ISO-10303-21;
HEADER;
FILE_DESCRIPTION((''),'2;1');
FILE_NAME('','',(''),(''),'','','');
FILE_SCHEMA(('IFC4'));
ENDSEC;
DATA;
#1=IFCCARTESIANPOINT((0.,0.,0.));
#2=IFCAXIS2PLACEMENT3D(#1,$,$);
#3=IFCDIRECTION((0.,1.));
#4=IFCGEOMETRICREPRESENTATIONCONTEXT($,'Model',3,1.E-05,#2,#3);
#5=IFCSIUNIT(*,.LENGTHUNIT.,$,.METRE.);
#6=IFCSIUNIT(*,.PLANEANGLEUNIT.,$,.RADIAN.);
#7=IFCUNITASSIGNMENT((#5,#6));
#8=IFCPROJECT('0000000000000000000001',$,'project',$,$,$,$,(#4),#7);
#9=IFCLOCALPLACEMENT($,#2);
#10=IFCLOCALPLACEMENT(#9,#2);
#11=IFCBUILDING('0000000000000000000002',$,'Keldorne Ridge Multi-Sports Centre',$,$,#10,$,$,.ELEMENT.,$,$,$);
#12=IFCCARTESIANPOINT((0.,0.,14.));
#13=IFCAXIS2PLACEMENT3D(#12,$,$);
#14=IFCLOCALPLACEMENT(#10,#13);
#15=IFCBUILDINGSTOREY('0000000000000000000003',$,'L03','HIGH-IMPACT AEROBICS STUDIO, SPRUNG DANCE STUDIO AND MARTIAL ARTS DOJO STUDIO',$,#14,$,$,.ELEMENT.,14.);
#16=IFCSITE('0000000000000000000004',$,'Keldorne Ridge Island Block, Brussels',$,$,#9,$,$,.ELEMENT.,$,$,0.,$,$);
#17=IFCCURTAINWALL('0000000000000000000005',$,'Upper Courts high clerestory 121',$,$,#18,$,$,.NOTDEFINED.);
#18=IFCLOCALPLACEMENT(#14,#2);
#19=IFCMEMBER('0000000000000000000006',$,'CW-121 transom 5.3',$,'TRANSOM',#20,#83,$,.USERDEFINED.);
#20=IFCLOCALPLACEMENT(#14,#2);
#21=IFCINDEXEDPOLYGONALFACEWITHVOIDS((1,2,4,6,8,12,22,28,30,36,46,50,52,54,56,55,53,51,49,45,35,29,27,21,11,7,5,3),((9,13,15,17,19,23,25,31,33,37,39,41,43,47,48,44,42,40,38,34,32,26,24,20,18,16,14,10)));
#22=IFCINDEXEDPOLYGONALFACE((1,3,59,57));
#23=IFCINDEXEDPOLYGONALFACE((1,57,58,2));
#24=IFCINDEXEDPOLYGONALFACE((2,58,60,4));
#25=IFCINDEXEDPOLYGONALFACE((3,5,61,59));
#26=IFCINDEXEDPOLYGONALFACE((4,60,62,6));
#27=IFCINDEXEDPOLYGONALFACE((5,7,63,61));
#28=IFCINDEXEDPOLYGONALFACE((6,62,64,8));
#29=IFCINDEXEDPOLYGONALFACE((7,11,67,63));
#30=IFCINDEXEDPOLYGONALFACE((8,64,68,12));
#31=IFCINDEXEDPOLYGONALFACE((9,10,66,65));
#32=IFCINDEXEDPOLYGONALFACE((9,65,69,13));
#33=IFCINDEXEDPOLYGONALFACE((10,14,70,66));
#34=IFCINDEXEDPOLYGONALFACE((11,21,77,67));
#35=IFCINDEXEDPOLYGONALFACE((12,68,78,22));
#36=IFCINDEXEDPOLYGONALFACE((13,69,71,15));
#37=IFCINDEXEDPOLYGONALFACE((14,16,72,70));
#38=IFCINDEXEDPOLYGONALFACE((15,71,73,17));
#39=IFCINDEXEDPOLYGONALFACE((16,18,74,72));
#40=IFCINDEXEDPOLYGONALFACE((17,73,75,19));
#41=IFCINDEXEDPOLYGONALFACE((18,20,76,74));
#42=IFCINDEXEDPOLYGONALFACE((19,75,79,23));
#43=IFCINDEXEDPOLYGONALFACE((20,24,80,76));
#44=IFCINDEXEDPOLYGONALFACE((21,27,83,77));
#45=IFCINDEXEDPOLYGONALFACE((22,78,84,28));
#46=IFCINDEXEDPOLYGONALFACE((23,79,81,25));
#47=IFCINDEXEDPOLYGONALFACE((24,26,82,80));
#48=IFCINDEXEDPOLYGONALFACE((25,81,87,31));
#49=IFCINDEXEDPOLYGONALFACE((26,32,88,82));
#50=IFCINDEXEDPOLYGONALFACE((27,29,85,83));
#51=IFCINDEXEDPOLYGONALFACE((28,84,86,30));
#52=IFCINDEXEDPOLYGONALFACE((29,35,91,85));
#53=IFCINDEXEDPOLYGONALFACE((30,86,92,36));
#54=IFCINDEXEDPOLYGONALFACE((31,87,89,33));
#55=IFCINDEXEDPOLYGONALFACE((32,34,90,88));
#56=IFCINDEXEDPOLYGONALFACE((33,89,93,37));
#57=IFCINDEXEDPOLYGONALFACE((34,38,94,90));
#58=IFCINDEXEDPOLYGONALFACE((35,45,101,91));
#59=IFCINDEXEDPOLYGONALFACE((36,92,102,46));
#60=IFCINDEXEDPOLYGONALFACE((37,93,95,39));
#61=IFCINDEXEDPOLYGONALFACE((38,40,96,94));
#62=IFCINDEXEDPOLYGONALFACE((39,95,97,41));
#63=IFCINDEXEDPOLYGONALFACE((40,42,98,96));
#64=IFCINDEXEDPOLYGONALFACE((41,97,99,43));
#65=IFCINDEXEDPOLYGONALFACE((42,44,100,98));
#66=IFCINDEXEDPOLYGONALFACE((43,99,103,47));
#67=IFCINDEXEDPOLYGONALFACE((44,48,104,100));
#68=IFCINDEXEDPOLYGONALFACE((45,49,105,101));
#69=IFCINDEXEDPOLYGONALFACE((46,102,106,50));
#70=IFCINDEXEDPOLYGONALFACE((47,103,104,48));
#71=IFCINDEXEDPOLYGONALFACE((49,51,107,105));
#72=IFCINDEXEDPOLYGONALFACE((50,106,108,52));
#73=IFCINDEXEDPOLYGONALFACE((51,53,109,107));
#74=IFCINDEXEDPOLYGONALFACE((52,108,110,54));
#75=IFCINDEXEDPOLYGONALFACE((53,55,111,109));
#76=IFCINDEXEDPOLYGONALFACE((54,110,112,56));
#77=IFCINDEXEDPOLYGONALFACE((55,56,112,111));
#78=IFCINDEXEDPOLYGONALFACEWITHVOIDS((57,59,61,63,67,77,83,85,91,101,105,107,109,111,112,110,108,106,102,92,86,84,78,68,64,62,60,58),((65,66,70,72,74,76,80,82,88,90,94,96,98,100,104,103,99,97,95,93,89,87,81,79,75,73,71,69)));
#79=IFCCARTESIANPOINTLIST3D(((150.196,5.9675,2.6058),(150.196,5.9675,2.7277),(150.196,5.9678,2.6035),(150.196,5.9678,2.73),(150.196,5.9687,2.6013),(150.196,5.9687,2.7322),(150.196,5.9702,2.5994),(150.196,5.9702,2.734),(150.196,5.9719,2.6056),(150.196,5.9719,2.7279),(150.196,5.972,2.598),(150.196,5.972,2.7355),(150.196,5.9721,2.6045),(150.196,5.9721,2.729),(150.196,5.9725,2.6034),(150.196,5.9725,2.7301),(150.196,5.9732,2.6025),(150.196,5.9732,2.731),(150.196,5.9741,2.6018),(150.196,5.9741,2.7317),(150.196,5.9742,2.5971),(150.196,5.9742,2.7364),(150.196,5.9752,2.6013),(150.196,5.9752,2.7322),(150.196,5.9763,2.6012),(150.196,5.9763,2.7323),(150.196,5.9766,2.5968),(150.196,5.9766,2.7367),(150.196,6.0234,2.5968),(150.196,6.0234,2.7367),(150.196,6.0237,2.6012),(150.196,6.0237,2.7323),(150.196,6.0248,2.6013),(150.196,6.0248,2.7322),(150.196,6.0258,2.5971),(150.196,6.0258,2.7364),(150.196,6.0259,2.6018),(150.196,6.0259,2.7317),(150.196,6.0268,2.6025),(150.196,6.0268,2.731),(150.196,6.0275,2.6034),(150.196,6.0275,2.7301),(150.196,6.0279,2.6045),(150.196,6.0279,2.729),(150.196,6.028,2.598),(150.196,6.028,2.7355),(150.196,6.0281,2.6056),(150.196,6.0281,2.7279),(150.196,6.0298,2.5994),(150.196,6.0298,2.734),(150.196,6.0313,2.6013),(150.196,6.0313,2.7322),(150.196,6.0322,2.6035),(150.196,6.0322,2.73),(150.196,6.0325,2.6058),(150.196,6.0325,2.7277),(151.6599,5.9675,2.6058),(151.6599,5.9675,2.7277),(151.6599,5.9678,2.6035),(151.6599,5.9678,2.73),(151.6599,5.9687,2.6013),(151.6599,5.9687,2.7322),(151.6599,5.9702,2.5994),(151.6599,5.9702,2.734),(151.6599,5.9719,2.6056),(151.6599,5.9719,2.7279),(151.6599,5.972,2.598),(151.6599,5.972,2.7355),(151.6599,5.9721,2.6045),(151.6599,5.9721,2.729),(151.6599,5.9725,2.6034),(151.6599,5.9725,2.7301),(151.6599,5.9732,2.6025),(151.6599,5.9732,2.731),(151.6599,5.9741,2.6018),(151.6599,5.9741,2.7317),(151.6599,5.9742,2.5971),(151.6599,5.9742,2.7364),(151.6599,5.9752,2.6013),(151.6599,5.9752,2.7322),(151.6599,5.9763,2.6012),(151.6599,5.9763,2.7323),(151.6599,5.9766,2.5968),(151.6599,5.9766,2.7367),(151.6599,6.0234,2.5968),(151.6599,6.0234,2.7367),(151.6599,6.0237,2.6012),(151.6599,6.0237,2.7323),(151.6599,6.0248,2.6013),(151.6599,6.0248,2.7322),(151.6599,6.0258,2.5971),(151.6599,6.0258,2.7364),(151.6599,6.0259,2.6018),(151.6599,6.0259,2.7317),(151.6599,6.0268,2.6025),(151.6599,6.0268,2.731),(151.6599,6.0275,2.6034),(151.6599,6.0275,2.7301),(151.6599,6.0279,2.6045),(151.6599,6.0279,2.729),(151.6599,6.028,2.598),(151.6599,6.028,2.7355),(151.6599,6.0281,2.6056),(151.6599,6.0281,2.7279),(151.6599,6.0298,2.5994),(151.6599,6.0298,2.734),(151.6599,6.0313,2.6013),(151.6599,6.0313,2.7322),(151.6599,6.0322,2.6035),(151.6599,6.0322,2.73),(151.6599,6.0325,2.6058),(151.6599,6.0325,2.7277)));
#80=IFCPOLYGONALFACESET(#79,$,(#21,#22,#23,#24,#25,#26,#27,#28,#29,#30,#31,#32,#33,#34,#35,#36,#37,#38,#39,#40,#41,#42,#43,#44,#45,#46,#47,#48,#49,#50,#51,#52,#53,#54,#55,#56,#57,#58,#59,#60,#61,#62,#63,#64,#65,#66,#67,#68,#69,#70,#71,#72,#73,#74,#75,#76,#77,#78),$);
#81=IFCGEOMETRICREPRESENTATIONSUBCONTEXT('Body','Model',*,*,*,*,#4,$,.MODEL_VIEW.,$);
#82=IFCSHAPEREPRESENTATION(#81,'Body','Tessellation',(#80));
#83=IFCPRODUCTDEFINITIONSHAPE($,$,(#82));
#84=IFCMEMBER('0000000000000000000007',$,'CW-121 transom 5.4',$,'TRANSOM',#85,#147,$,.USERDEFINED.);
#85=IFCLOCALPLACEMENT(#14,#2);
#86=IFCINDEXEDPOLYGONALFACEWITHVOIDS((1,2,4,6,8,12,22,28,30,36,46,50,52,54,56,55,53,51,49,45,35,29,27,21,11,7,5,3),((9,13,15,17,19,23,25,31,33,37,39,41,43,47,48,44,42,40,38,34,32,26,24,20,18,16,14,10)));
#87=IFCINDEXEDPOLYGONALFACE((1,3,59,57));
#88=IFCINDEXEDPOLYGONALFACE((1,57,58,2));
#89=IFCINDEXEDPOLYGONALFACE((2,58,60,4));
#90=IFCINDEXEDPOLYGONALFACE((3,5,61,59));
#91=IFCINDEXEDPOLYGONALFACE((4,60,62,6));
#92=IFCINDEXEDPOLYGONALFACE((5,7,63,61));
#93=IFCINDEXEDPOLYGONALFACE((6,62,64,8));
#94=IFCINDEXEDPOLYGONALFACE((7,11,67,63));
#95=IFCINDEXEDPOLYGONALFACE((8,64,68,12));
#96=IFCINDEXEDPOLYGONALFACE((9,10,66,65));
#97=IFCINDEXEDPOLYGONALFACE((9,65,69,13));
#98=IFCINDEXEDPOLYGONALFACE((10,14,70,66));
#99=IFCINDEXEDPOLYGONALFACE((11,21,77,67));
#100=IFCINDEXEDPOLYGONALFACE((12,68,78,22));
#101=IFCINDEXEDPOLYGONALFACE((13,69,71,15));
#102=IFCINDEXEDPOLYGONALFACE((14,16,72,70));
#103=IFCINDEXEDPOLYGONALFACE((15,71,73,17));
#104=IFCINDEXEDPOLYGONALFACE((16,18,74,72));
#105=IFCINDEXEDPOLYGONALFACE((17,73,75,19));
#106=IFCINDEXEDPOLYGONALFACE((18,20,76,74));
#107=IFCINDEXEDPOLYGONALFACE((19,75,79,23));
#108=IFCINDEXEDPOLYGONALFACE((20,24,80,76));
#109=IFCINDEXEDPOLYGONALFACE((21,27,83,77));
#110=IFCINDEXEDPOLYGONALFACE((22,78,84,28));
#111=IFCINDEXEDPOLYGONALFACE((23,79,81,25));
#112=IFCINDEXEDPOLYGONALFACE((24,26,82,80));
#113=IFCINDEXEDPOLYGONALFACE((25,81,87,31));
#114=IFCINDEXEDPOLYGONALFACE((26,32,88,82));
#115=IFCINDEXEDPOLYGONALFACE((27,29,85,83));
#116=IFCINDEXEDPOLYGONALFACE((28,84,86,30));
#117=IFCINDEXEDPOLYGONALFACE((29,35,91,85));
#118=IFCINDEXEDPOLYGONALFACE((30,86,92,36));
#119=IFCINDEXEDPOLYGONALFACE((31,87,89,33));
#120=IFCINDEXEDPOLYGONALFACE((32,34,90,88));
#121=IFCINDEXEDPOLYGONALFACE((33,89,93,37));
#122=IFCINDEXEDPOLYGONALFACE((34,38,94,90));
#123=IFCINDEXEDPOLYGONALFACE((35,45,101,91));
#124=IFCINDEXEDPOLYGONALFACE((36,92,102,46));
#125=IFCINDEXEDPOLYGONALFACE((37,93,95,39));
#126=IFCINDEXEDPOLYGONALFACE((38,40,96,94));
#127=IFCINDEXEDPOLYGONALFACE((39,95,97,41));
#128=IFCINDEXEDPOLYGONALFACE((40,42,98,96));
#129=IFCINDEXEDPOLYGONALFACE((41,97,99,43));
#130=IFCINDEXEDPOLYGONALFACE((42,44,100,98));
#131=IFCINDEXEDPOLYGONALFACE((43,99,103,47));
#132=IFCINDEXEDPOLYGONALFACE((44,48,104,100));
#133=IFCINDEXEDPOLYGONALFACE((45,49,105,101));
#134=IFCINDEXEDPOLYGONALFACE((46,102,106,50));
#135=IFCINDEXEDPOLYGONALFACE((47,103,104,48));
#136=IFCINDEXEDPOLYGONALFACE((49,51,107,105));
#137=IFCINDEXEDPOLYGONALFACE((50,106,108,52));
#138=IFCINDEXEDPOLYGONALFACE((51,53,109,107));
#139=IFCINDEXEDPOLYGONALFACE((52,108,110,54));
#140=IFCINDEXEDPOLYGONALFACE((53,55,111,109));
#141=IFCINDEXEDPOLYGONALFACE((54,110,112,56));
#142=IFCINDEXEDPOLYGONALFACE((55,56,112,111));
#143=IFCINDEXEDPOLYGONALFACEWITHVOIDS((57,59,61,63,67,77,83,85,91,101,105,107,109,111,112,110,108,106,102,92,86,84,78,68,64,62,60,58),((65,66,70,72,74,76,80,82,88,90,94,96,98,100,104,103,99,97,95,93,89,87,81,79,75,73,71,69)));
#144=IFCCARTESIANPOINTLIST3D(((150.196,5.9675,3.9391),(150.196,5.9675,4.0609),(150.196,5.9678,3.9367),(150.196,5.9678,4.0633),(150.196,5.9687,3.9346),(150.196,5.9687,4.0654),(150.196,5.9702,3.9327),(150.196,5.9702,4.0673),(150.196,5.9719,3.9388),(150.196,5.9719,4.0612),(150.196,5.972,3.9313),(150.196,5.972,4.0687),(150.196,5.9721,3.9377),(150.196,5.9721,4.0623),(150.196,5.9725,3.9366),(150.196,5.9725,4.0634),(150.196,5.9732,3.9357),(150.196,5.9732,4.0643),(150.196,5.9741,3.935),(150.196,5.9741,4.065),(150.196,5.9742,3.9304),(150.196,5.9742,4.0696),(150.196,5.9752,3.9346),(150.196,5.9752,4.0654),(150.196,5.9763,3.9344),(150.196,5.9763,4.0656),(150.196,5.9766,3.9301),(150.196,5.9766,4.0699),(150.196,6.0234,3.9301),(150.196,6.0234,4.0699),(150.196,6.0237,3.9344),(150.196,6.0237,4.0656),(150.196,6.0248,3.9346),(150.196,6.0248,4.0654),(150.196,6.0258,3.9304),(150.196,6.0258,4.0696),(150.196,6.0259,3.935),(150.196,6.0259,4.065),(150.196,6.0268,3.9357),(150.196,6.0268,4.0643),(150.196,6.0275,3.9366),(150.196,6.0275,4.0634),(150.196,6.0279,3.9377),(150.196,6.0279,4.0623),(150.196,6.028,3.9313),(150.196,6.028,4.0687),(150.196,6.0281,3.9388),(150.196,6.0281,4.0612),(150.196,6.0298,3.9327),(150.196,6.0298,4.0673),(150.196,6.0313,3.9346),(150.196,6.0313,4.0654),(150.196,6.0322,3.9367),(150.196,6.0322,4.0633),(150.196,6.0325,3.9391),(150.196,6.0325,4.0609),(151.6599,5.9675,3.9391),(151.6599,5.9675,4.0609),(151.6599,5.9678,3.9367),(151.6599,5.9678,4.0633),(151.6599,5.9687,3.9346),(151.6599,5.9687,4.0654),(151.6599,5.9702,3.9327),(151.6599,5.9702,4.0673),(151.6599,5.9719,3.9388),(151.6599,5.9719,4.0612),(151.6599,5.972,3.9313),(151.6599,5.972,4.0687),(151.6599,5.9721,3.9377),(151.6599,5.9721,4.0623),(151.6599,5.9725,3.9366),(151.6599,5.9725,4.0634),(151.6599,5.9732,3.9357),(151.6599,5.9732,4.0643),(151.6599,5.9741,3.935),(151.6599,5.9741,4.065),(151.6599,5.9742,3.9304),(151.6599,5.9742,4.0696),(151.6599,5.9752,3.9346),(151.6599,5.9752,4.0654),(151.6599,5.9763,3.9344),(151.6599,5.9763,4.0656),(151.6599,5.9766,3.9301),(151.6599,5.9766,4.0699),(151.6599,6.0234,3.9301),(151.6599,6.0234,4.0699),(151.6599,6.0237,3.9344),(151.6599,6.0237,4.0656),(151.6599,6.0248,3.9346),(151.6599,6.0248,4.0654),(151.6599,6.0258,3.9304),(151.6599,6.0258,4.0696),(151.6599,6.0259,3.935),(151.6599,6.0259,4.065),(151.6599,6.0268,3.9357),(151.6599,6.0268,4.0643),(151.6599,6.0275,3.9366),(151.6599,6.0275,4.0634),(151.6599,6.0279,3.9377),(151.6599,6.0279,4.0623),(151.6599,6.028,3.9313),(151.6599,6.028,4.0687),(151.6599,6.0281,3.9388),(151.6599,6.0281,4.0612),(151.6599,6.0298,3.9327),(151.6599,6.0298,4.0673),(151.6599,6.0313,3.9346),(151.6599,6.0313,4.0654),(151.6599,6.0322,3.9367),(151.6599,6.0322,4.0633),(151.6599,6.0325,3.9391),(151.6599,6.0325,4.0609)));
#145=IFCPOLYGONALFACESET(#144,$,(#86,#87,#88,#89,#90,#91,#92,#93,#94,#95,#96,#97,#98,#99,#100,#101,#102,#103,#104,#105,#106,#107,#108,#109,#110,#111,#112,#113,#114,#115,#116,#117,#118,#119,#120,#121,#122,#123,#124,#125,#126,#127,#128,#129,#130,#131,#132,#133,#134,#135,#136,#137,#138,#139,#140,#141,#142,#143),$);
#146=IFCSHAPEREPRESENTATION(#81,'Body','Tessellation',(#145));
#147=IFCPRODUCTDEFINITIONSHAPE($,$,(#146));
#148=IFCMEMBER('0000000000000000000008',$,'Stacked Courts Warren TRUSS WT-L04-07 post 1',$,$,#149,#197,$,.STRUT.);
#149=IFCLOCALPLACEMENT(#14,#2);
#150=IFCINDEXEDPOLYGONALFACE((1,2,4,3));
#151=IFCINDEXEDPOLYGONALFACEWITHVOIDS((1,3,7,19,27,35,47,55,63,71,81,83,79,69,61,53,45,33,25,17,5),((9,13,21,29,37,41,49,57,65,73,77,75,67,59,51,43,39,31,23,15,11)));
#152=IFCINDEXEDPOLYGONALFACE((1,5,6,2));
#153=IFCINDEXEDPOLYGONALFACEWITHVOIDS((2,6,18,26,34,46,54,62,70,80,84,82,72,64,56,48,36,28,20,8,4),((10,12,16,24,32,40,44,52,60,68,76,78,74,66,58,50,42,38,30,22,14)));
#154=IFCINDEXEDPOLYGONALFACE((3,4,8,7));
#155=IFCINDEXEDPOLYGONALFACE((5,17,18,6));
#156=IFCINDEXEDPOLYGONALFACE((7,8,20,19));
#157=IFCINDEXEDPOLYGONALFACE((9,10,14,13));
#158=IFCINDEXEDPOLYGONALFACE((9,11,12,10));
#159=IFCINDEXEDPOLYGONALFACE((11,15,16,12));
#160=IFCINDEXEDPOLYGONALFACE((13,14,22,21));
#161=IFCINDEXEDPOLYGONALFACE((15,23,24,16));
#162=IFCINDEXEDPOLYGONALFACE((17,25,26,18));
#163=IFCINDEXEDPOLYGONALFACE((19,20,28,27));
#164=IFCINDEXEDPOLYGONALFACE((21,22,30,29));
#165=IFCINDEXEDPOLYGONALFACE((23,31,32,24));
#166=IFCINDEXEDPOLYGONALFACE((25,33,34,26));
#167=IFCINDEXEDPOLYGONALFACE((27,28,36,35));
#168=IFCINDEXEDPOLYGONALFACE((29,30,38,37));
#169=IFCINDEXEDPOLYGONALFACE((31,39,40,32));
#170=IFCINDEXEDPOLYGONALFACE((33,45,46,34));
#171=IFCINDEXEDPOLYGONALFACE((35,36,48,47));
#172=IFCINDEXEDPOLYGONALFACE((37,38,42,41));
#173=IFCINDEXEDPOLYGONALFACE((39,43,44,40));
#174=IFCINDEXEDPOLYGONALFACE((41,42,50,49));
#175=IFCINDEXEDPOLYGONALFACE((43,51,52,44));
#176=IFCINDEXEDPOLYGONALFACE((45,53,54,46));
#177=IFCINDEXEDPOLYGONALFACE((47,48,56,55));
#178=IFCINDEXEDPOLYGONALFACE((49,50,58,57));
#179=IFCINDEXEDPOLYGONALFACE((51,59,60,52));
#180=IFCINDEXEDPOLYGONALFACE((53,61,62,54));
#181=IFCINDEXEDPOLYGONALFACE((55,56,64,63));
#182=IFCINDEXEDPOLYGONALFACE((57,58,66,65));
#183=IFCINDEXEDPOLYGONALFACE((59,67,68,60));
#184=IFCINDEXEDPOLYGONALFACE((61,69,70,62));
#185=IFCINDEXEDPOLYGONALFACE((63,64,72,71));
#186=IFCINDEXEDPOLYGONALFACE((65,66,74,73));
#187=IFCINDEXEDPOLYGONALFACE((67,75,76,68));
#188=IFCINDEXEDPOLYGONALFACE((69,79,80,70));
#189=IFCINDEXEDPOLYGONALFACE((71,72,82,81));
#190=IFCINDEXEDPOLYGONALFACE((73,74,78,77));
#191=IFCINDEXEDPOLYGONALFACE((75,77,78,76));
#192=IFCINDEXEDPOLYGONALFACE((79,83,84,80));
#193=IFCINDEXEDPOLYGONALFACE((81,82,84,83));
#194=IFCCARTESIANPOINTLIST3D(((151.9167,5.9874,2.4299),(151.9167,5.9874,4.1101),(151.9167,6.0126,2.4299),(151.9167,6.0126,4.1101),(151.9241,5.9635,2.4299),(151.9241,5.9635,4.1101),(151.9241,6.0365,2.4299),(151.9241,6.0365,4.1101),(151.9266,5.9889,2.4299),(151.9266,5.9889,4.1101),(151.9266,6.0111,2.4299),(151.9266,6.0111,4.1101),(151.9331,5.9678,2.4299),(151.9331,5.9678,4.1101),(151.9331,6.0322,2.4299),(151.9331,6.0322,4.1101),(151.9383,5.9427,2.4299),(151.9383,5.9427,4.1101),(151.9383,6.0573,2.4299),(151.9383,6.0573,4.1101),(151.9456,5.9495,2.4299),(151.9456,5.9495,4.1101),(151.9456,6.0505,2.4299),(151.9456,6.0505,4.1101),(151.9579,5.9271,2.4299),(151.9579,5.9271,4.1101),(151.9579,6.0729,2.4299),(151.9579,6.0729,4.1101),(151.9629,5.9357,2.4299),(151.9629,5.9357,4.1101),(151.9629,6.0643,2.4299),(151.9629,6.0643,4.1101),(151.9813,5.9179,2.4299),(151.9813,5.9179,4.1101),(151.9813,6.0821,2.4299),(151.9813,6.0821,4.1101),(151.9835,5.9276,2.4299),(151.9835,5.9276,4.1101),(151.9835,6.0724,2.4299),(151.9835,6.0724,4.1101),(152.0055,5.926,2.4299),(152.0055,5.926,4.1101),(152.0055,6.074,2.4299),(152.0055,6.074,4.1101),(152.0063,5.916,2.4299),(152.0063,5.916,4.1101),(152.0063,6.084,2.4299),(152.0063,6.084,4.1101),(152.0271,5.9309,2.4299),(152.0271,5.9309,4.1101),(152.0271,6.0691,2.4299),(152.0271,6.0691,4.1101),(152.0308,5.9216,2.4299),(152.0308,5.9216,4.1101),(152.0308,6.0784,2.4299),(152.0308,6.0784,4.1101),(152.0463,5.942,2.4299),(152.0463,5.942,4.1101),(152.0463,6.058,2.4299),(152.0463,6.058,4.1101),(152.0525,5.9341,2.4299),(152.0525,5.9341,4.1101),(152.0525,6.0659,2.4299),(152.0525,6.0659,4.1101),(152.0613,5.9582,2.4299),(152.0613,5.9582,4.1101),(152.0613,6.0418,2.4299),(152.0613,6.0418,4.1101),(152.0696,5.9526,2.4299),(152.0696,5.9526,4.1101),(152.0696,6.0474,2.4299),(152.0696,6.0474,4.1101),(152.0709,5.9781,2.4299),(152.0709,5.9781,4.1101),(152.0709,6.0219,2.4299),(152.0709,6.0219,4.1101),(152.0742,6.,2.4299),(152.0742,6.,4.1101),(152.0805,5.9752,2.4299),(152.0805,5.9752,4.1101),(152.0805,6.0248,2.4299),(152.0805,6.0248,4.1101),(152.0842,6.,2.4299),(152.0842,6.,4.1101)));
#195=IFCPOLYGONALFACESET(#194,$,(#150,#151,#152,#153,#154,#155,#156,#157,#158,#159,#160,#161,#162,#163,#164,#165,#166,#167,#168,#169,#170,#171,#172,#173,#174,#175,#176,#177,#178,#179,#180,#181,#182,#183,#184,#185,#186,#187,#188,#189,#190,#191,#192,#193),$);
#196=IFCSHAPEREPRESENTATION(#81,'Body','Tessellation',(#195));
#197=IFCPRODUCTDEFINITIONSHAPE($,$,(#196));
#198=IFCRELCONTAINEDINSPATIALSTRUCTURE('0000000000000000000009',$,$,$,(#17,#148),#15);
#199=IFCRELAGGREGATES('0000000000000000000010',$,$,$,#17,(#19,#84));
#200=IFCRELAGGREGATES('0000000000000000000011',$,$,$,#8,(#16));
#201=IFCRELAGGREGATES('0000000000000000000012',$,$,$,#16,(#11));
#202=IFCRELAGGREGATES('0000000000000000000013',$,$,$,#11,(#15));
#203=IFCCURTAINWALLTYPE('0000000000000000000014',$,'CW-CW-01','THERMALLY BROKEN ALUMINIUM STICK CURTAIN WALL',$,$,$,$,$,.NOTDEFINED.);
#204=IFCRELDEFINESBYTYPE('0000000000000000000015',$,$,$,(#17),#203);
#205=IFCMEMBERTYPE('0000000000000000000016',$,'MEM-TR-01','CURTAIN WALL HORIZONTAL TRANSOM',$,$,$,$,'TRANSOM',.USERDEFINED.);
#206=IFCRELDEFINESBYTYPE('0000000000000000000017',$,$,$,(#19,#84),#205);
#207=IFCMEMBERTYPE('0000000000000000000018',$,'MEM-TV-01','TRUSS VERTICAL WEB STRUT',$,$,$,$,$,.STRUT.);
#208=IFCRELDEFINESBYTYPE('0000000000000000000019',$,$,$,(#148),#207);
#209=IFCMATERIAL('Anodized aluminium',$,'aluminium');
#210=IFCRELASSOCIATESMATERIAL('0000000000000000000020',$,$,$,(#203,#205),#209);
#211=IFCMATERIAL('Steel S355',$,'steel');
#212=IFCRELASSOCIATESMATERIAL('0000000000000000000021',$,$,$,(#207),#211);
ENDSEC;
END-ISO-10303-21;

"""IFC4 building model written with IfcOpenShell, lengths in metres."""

from ifc_helpers import new_model, si_unit, direction, frame, origin, origin_2d, place, context, subcontext, project, spatial, hollow_rectangle, hollow_circle, extrude, material, material_profile, profile_set, type_object, element, aggregate, save


model = new_model("IFC4")

# Units and contexts
model_context = context("Model", 3, precision=1e-05, world=origin(), true_north=direction((0.0, 1.0)))
body_context = subcontext(model_context, "Body", "Model", "MODEL_VIEW")
ifc_project = project(units=[si_unit("LENGTHUNIT", "METRE"), si_unit("PLANEANGLEUNIT", "RADIAN")], contexts=[model_context])

# Site, building, storey
site_placement = place(None, origin())
site = spatial("IfcSite", under=ifc_project, at=site_placement, Name="Keldorne Ridge Island Block, Brussels", CompositionType="ELEMENT", RefElevation=0.0)
building_placement = place(site_placement, origin())
building = spatial("IfcBuilding", under=site, at=building_placement, Name="Keldorne Ridge Multi-Sports Centre", CompositionType="ELEMENT")
storey_placement = place(building_placement, frame((0.0, 0.0, 14.0)))
storey = spatial("IfcBuildingStorey", under=building, at=storey_placement, Name="L03", Description="HIGH-IMPACT AEROBICS STUDIO, SPRUNG DANCE STUDIO AND MARTIAL ARTS DOJO STUDIO", CompositionType="ELEMENT", Elevation=14.0)

# Shared definitions
ifc_material_1 = material(Name="Steel S355", Category="steel")

# Curtain wall
ifc_material_2 = material(Name="Anodized aluminium", Category="aluminium")
curtain_wall_type = type_object("IfcCurtainWallType", Name="CW-CW-01", Description="THERMALLY BROKEN ALUMINIUM STICK CURTAIN WALL", PredefinedType="NOTDEFINED", material=ifc_material_2)
curtain_wall_placement = place(storey_placement, origin())
curtain_wall = element("IfcCurtainWall", 1, at=curtain_wall_placement, inside=storey, type_object=curtain_wall_type, Name="Upper Courts high clerestory 121", PredefinedType="NOTDEFINED")

# Members
ifc_material_profile_1 = material_profile(ifc_material_2, hollow_rectangle(XDim=0.0649, YDim=0.1399, WallThickness=0.0044, InnerFilletRadius=0.0044, OuterFilletRadius=0.009, at=origin_2d()), Name="ALU TRANSOM 140x65x4.5")
ifc_profile_set_1 = profile_set([ifc_material_profile_1], Name="Anodized aluminium")
member_type_1 = type_object("IfcMemberType", Name="MEM-TR-01", Description="CURTAIN WALL HORIZONTAL TRANSOM", ElementType="TRANSOM", PredefinedType="USERDEFINED", material=ifc_profile_set_1)
member_1_placement = place(storey_placement, frame((150.196, 6.0, 2.6667), z_axis=(1.0, 0.0, 0.0), x_axis=(0.0, 1.0, 0.0)))
member_1 = element("IfcMember", 2, at=member_1_placement, type_object=member_type_1, Name="CW-121 transom 5.3", ObjectType="TRANSOM", PredefinedType="USERDEFINED", context=body_context, shape_type="SweptSolid", body=[
    extrude(hollow_rectangle(XDim=0.0649, YDim=0.1399, WallThickness=0.0044, InnerFilletRadius=0.0044, OuterFilletRadius=0.009, at=origin_2d()), origin(), (0.0, 0.0, 1.0), 1.4639),
])
member_2_placement = place(storey_placement, frame((150.196, 6.0, 4.0), z_axis=(1.0, 0.0, 0.0), x_axis=(0.0, 1.0, 0.0)))
member_2 = element("IfcMember", 3, at=member_2_placement, type_object=member_type_1, Name="CW-121 transom 5.4", ObjectType="TRANSOM", PredefinedType="USERDEFINED", context=body_context, shape_type="SweptSolid", body=[
    extrude(hollow_rectangle(XDim=0.0649, YDim=0.1399, WallThickness=0.0044, InnerFilletRadius=0.0044, OuterFilletRadius=0.009, at=origin_2d()), origin(), (0.0, 0.0, 1.0), 1.4639),
])

# Member
ifc_material_profile_2 = material_profile(ifc_material_1, hollow_circle(Radius=0.0842, WallThickness=0.01, at=origin_2d()), Name="CHS 168.3x10")
ifc_profile_set_2 = profile_set([ifc_material_profile_2], Name="Steel S355")
member_type_2 = type_object("IfcMemberType", Name="MEM-TV-01", Description="TRUSS VERTICAL WEB STRUT", PredefinedType="STRUT", material=ifc_profile_set_2)
for number, where, z_axis, x_axis, name in (
    (4, (152.0, 6.0, 2.4299), (0.0, 0.0, 1.0), (1.0, 0.0, 0.0), "Stacked Courts Warren TRUSS WT-L04-07 post 1"),
):
    element("IfcMember", number, at=place(storey_placement, frame(where, z_axis=z_axis, x_axis=x_axis)), inside=storey, type_object=member_type_2, Name=name, PredefinedType="STRUT", context=body_context, shape_type="SweptSolid", body=[
        extrude(hollow_circle(Radius=0.0842, WallThickness=0.01, at=origin_2d()), origin(), (0.0, 0.0, 1.0), 1.6802),
    ])

aggregate(curtain_wall, [member_1, member_2])

save(model, "model.ifc")
